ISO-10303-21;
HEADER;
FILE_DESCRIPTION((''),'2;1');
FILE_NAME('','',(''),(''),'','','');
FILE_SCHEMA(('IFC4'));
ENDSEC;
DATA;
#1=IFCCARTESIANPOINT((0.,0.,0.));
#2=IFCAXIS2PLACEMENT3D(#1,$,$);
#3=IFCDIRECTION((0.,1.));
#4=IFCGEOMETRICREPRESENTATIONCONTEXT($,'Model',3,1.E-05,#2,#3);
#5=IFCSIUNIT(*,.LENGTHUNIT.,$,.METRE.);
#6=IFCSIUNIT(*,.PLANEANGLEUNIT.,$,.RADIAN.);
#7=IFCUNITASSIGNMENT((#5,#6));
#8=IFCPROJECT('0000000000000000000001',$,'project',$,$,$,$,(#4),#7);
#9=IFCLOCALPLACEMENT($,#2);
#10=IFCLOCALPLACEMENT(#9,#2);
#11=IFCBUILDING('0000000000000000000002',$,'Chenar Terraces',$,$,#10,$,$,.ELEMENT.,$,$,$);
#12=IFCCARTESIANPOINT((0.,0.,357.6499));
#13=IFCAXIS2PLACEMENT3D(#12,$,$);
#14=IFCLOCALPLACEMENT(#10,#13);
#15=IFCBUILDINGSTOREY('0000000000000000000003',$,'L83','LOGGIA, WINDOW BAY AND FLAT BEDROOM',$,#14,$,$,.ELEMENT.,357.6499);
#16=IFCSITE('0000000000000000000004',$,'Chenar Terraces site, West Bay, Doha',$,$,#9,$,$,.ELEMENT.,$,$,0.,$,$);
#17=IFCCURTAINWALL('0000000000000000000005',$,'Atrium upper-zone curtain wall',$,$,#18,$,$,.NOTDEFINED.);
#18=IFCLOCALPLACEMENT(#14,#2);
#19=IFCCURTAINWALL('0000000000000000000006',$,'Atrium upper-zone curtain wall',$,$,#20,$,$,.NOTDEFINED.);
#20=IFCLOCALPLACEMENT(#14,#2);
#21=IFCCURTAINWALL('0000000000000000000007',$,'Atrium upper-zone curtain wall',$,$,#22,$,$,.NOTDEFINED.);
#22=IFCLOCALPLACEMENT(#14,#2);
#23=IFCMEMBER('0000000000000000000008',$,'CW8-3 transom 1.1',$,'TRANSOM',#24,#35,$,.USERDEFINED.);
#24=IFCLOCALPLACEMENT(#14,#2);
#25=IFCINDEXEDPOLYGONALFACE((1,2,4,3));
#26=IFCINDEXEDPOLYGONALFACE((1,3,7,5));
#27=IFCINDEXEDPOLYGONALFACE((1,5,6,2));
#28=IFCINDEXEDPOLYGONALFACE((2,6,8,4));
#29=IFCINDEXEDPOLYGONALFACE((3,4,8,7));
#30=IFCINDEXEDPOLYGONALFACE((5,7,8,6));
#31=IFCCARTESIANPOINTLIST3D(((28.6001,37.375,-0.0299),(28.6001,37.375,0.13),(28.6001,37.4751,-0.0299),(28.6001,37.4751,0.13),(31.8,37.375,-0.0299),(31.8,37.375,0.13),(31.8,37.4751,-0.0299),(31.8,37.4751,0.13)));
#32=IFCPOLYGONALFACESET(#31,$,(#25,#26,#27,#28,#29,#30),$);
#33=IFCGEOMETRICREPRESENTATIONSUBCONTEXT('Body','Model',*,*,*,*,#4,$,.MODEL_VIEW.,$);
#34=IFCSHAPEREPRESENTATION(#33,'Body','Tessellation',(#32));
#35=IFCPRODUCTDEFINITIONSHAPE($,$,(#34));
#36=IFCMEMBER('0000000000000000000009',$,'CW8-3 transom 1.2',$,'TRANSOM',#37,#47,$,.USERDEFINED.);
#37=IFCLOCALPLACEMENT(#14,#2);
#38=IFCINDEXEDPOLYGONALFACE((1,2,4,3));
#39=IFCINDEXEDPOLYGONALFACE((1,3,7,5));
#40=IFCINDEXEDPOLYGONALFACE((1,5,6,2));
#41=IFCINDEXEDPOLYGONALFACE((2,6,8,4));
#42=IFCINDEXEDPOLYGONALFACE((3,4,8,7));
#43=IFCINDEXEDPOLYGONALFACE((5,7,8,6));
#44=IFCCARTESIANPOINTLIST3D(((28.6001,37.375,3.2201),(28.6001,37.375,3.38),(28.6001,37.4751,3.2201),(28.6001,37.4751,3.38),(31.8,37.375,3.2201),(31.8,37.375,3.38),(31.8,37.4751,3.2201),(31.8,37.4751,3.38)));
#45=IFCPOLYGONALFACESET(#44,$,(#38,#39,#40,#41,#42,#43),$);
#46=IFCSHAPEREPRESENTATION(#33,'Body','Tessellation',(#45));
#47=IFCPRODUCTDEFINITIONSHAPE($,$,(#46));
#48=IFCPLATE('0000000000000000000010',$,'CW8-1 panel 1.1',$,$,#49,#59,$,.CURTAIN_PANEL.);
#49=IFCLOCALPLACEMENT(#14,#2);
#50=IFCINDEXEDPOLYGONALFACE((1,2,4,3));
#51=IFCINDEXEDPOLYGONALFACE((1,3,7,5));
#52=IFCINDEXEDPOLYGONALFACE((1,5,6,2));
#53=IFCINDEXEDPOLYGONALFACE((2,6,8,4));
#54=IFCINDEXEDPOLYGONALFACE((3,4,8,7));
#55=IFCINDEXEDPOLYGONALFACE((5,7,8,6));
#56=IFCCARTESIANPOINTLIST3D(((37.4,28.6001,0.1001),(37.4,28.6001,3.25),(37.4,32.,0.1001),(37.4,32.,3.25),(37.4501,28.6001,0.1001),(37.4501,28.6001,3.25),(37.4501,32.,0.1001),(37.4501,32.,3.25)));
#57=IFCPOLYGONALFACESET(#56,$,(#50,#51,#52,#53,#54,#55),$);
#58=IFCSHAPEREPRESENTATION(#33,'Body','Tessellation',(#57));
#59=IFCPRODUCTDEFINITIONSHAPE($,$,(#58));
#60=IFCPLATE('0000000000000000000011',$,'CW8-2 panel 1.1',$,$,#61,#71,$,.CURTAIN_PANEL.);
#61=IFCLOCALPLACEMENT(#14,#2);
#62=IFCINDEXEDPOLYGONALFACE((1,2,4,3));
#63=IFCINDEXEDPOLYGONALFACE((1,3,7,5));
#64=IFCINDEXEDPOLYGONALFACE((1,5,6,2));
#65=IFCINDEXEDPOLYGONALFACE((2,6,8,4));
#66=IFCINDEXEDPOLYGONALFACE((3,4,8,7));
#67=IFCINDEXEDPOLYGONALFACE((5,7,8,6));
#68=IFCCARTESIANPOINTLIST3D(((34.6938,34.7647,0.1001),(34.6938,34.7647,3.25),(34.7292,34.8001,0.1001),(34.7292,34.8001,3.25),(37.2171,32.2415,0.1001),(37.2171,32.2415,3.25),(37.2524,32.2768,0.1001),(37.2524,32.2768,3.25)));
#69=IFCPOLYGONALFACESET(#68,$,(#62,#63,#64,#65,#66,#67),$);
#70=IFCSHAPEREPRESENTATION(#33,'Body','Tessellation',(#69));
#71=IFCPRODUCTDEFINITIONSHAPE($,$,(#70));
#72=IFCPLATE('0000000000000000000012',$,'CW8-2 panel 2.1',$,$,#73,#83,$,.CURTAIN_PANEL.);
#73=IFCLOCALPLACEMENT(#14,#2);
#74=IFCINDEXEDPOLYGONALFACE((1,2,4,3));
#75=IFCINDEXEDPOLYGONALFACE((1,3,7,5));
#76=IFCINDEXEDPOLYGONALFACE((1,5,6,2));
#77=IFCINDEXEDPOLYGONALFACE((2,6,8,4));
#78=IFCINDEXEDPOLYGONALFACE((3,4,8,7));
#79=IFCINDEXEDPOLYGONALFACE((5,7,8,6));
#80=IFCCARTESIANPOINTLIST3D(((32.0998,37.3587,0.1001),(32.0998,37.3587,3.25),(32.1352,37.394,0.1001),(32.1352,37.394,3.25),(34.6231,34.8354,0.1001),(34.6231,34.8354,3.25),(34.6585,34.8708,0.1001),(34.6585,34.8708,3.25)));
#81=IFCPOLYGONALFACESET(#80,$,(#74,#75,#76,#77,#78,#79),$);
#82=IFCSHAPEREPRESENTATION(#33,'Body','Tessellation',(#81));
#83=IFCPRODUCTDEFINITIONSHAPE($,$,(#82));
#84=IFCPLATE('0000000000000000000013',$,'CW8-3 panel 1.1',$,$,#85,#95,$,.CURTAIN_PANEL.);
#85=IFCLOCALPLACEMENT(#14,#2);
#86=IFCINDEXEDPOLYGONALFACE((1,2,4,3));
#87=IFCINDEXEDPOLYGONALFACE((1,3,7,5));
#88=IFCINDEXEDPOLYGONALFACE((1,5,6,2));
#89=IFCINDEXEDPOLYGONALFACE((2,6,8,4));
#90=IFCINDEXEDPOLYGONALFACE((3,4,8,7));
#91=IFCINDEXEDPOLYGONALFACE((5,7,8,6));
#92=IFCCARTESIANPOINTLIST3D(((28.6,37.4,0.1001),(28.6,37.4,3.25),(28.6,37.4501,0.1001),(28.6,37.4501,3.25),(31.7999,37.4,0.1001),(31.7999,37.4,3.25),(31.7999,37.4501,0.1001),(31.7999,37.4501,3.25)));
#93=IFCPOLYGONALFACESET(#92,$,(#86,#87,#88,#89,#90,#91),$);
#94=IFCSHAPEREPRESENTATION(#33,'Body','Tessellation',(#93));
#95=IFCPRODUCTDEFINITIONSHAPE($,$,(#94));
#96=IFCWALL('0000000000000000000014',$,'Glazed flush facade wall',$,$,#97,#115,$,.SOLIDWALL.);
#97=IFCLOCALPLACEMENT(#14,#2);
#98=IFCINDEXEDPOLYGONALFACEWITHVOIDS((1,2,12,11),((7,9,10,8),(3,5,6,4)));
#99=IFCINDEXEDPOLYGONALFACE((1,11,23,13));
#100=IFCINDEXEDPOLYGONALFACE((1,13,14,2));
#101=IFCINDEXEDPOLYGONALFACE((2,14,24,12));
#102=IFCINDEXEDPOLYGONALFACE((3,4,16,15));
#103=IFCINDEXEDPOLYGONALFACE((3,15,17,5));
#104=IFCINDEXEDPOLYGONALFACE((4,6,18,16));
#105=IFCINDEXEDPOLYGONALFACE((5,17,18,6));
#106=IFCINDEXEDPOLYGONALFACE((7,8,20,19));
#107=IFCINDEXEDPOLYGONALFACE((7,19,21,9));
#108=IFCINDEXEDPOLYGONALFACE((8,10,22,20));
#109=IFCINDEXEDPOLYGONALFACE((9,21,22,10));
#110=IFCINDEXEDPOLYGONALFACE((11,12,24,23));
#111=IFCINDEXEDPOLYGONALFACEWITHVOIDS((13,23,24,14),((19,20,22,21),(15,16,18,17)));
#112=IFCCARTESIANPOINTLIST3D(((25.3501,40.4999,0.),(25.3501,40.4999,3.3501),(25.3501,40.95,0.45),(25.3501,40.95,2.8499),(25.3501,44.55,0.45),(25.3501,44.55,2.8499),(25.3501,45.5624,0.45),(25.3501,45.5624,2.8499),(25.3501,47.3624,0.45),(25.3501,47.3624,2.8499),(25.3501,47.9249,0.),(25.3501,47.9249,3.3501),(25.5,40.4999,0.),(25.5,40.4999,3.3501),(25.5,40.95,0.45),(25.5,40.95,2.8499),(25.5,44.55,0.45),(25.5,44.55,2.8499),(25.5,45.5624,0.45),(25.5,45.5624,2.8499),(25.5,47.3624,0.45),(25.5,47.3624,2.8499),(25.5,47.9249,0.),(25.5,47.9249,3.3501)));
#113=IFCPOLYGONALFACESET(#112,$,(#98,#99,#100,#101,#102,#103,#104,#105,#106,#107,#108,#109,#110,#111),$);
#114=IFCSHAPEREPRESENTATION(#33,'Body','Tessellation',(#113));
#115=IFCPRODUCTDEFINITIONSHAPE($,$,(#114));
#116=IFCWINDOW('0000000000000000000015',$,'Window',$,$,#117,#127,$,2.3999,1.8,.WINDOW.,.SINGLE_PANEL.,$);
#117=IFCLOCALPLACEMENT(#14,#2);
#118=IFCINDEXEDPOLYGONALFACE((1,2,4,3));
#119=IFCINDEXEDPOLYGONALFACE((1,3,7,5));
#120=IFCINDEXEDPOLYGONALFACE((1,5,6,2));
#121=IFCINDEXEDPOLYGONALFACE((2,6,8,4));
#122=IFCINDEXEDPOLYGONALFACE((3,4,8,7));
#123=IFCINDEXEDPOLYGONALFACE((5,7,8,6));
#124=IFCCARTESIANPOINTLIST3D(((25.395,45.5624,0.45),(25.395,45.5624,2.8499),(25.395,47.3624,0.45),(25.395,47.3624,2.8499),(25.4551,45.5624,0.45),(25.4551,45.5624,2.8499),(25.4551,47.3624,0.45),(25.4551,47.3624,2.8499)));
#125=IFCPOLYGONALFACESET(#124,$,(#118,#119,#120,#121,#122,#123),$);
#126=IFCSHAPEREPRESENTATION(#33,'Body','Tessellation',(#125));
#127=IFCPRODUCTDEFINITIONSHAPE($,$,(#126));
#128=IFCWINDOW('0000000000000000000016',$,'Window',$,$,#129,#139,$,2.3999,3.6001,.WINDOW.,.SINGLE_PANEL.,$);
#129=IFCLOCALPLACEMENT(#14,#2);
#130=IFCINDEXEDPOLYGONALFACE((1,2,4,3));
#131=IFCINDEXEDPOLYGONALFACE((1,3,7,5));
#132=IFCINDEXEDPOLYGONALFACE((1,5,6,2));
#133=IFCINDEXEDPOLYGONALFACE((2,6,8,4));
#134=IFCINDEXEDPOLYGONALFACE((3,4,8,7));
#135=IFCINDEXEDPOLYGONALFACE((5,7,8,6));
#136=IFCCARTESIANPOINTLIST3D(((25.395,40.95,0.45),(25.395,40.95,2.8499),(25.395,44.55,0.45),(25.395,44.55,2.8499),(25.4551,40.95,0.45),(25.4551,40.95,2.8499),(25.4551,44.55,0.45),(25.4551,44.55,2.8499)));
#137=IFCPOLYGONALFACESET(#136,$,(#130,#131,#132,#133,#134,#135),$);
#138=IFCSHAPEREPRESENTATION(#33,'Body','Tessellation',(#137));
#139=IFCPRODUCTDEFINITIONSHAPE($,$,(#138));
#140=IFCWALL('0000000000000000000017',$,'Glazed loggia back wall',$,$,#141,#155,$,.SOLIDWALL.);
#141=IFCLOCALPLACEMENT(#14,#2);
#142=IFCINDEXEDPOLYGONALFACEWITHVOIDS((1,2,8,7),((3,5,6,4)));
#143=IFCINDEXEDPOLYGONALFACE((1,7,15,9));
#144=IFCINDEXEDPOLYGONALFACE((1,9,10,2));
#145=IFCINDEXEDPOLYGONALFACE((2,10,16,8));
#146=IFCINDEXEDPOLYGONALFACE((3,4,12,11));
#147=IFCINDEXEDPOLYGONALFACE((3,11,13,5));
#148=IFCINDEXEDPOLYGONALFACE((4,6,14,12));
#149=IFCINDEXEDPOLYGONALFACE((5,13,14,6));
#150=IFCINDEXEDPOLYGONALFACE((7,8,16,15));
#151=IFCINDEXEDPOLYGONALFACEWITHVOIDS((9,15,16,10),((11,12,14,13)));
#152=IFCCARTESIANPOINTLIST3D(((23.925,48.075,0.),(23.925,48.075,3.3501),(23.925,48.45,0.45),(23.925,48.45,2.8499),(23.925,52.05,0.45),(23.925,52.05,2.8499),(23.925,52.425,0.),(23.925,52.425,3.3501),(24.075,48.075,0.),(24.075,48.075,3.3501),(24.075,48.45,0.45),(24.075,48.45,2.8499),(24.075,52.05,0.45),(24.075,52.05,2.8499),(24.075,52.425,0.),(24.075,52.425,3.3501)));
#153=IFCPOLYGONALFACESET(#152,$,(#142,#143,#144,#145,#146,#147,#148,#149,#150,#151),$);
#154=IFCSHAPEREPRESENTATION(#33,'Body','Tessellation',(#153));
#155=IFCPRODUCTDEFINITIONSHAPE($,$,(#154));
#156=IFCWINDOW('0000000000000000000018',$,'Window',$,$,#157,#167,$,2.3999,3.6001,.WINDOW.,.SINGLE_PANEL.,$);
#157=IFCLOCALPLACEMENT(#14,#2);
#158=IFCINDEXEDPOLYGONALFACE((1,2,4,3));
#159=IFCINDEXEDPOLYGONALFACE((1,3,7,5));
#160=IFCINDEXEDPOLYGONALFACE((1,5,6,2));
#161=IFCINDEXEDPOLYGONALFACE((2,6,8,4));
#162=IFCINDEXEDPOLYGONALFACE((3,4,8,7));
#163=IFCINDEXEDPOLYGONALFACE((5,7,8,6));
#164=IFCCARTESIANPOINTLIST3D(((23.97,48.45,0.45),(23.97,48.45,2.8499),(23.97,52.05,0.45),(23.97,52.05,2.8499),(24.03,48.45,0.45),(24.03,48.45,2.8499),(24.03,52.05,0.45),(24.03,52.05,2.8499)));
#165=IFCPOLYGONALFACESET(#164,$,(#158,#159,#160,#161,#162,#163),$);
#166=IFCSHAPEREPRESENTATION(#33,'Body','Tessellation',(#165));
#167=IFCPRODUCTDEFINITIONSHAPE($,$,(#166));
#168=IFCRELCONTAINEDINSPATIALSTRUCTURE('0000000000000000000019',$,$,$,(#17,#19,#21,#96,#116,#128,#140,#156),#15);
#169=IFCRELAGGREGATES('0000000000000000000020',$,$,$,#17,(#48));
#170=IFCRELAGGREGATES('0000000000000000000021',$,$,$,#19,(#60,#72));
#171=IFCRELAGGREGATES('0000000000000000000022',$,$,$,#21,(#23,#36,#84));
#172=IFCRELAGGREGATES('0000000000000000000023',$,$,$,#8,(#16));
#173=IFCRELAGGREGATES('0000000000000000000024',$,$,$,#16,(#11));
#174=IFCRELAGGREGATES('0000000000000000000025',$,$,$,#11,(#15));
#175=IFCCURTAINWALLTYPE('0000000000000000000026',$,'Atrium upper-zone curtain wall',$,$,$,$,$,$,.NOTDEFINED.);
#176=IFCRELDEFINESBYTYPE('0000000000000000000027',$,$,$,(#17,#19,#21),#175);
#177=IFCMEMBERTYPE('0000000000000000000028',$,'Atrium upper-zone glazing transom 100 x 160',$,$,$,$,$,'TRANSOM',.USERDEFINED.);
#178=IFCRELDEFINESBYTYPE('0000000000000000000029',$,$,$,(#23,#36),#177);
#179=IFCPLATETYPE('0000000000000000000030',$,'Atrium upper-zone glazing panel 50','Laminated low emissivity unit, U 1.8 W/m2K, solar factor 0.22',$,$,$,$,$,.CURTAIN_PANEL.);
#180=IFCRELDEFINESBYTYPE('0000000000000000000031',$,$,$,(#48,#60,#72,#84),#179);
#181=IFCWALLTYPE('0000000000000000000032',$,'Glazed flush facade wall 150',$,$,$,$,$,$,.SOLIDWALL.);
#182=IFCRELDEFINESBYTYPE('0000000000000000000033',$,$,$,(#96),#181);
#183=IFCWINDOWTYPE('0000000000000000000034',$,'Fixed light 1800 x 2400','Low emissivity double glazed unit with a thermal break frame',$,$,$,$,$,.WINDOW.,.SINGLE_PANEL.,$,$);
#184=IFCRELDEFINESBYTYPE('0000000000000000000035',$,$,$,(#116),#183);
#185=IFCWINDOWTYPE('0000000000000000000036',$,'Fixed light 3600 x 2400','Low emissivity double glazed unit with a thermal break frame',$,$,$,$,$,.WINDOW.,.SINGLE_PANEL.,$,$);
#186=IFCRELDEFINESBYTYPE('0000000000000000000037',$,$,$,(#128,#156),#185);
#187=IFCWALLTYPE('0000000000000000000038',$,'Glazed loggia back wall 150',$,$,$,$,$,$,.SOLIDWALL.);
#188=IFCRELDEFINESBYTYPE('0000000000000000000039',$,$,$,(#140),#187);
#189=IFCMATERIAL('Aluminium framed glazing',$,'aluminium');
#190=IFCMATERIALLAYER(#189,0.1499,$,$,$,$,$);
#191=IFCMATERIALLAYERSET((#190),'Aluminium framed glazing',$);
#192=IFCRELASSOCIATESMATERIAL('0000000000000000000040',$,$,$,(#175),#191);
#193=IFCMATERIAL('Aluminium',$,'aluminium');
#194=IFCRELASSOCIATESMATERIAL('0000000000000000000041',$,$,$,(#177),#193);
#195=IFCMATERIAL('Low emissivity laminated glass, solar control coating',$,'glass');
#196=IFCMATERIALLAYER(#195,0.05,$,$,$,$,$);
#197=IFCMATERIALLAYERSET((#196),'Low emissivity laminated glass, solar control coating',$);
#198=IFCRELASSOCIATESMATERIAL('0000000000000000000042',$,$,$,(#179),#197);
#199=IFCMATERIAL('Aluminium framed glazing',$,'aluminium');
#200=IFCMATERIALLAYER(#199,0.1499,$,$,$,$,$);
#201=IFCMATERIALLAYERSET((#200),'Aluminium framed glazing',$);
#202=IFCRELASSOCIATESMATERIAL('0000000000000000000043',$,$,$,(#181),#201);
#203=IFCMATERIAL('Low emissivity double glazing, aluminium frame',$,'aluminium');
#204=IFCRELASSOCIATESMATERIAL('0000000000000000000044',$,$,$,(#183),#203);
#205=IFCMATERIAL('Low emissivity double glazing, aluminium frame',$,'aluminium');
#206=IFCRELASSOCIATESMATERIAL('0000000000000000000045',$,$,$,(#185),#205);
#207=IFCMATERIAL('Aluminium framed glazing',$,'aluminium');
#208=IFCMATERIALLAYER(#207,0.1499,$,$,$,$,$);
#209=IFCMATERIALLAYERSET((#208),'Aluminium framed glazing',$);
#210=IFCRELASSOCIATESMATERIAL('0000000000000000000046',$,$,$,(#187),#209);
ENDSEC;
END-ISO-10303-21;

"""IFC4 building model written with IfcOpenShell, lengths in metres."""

from ifc_helpers import new_model, si_unit, direction, frame, frame_2d, origin, origin_2d, place, context, subcontext, project, spatial, rectangle, extrude, material, layer, layer_set, material_profile, profile_set, type_object, element, fill, aggregate, save


model = new_model("IFC4")

# Units and contexts
model_context = context("Model", 3, precision=1e-05, world=origin(), true_north=direction((0.0, 1.0)))
body_context = subcontext(model_context, "Body", "Model", "MODEL_VIEW")
ifc_project = project(units=[si_unit("LENGTHUNIT", "METRE"), si_unit("PLANEANGLEUNIT", "RADIAN")], contexts=[model_context])

# Site, building, storey
site_placement = place(None, origin())
site = spatial("IfcSite", under=ifc_project, at=site_placement, Name="Chenar Terraces site, West Bay, Doha", CompositionType="ELEMENT", RefElevation=0.0)
building_placement = place(site_placement, origin())
building = spatial("IfcBuilding", under=site, at=building_placement, Name="Chenar Terraces", CompositionType="ELEMENT")
storey_placement = place(building_placement, frame((0.0, 0.0, 357.6499)))
storey = spatial("IfcBuildingStorey", under=building, at=storey_placement, Name="L83", Description="LOGGIA, WINDOW BAY AND FLAT BEDROOM", CompositionType="ELEMENT", Elevation=357.6499)

# Curtain wall
ifc_material_1 = material(Name="Aluminium framed glazing", Category="aluminium")
ifc_layer_1 = layer(ifc_material_1, 0.1499)
ifc_layer_set_1 = layer_set([ifc_layer_1], Name="Aluminium framed glazing")
curtain_wall_type = type_object("IfcCurtainWallType", Name="Atrium upper-zone curtain wall", PredefinedType="NOTDEFINED", material=ifc_layer_set_1)
placement = place(storey_placement, origin())
curtain_wall_1 = element("IfcCurtainWall", 1, at=placement, inside=storey, type_object=curtain_wall_type, Name="Atrium upper-zone curtain wall", PredefinedType="NOTDEFINED")

# Curtain walls
curtain_wall_2 = element("IfcCurtainWall", 2, at=placement, inside=storey, type_object=curtain_wall_type, Name="Atrium upper-zone curtain wall", PredefinedType="NOTDEFINED")
curtain_wall_3 = element("IfcCurtainWall", 3, at=placement, inside=storey, type_object=curtain_wall_type, Name="Atrium upper-zone curtain wall", PredefinedType="NOTDEFINED")

# Members
ifc_material_2 = material(Name="Aluminium", Category="aluminium")
ifc_material_profile_1 = material_profile(ifc_material_2, rectangle(XDim=0.1001, YDim=0.1599, at=origin_2d()), Name="Atrium upper-zone glazing transom 100 x 160")
ifc_profile_set_1 = profile_set([ifc_material_profile_1], Name="Aluminium")
member_type_1 = type_object("IfcMemberType", Name="Atrium upper-zone glazing transom 100 x 160", ElementType="TRANSOM", PredefinedType="USERDEFINED", material=ifc_profile_set_1)
member_1_placement = place(storey_placement, frame((31.8, 37.425, 0.05), z_axis=(-1.0, 0.0, 0.0), x_axis=(0.0, -1.0, 0.0)))
member_1 = element("IfcMember", 4, at=member_1_placement, type_object=member_type_1, Name="CW8-3 transom 1.1", ObjectType="TRANSOM", PredefinedType="USERDEFINED", context=body_context, shape_type="SweptSolid", body=[
    extrude(rectangle(XDim=0.1001, YDim=0.1599, at=origin_2d()), origin(), (0.0, 0.0, 1.0), 3.2),
])
member_2_placement = place(storey_placement, frame((31.8, 37.425, 3.3), z_axis=(-1.0, 0.0, 0.0), x_axis=(0.0, -1.0, 0.0)))
member_2 = element("IfcMember", 5, at=member_2_placement, type_object=member_type_1, Name="CW8-3 transom 1.2", ObjectType="TRANSOM", PredefinedType="USERDEFINED", context=body_context, shape_type="SweptSolid", body=[
    extrude(rectangle(XDim=0.1001, YDim=0.1599, at=origin_2d()), origin(), (0.0, 0.0, 1.0), 3.2),
])

# Plates
ifc_material_3 = material(Name="Low emissivity laminated glass, solar control coating", Category="glass")
ifc_layer_2 = layer(ifc_material_3, 0.05)
ifc_layer_set_2 = layer_set([ifc_layer_2], Name="Low emissivity laminated glass, solar control coating")
plate_type = type_object("IfcPlateType", Name="Atrium upper-zone glazing panel 50", Description="Laminated low emissivity unit, U 1.8 W/m2K, solar factor 0.22", PredefinedType="CURTAIN_PANEL", material=ifc_layer_set_2)
plate_1_placement = place(storey_placement, frame((37.425, 30.3, 0.1001), z_axis=(0.0, 0.0, 1.0), x_axis=(0.0, 1.0, 0.0)))
plate_1 = element("IfcPlate", 6, at=plate_1_placement, type_object=plate_type, Name="CW8-1 panel 1.1", PredefinedType="CURTAIN_PANEL", context=body_context, shape_type="SweptSolid", body=[
    extrude(rectangle(XDim=3.3999, YDim=0.05, at=origin_2d()), origin(), (0.0, 0.0, 1.0), 3.1499),
])
aggregate(curtain_wall_1, [plate_1])
plate_2_placement = place(storey_placement, frame((35.9731, 33.5208, 0.1001), z_axis=(0.0, 0.0, 1.0), x_axis=(-0.707107, 0.707107, 0.0)))
plate_2 = element("IfcPlate", 7, at=plate_2_placement, type_object=plate_type, Name="CW8-2 panel 1.1", PredefinedType="CURTAIN_PANEL", context=body_context, shape_type="SweptSolid", body=[
    extrude(rectangle(XDim=3.5684, YDim=0.05, at=origin_2d()), origin(), (0.0, 0.0, 1.0), 3.1499),
])
plate_3_placement = place(storey_placement, frame((33.3792, 36.1147, 0.1001), z_axis=(0.0, 0.0, 1.0), x_axis=(-0.707107, 0.707107, 0.0)))
plate_3 = element("IfcPlate", 8, at=plate_3_placement, type_object=plate_type, Name="CW8-2 panel 2.1", PredefinedType="CURTAIN_PANEL", context=body_context, shape_type="SweptSolid", body=[
    extrude(rectangle(XDim=3.5684, YDim=0.05, at=origin_2d()), origin(), (0.0, 0.0, 1.0), 3.1499),
])
aggregate(curtain_wall_2, [plate_2, plate_3])
plate_4_placement = place(storey_placement, frame((30.2, 37.425, 0.1001), z_axis=(0.0, 0.0, 1.0), x_axis=(-1.0, 0.0, 0.0)))
plate_4 = element("IfcPlate", 9, at=plate_4_placement, type_object=plate_type, Name="CW8-3 panel 1.1", PredefinedType="CURTAIN_PANEL", context=body_context, shape_type="SweptSolid", body=[
    extrude(rectangle(XDim=3.2, YDim=0.05, at=origin_2d()), origin(), (0.0, 0.0, 1.0), 3.1499),
])
aggregate(curtain_wall_3, [member_1, member_2, plate_4])

# Wall, openings, windows
ifc_material_4 = material(Name="Aluminium framed glazing", Category="aluminium")
ifc_layer_3 = layer(ifc_material_4, 0.1499)
ifc_layer_set_3 = layer_set([ifc_layer_3], Name="Aluminium framed glazing")
wall_type_1 = type_object("IfcWallType", Name="Glazed flush facade wall 150", PredefinedType="SOLIDWALL", material=ifc_layer_set_3)
wall_1_placement = place(storey_placement, frame((25.425, 40.5, 0.0), z_axis=(0.0, 0.0, 1.0), x_axis=(0.0, 1.0, 0.0)))
wall_1 = element("IfcWall", 10, at=wall_1_placement, inside=storey, type_object=wall_type_1, Name="Glazed flush facade wall", PredefinedType="SOLIDWALL", context=body_context, shape_type="SweptSolid", body=[
    extrude(rectangle(XDim=7.425, YDim=0.1499, at=frame_2d((3.7124, 0.0))), origin(), (0.0, 0.0, 1.0), 3.3501),
])
opening_1_placement = place(wall_1_placement, frame((0.45, 0.0, 0.45)))
opening_1 = element("IfcOpeningElement", 11, at=opening_1_placement, cuts=wall_1, PredefinedType="OPENING", context=body_context, shape_type="SweptSolid", body=[
    extrude(rectangle(XDim=3.6001, YDim=2.3999, at=frame_2d((1.8, 1.2))), frame((0.0, 0.085, 0.0), z_axis=(0.0, -1.0, 0.0), x_axis=(1.0, 0.0, 0.0)), (0.0, 0.0, 1.0), 0.1699),
])
opening_2_placement = place(wall_1_placement, frame((5.0625, 0.0, 0.45)))
opening_2 = element("IfcOpeningElement", 12, at=opening_2_placement, cuts=wall_1, PredefinedType="OPENING", context=body_context, shape_type="SweptSolid", body=[
    extrude(rectangle(XDim=1.8, YDim=2.3999, at=frame_2d((0.8999, 1.2))), frame((0.0, 0.085, 0.0), z_axis=(0.0, -1.0, 0.0), x_axis=(1.0, 0.0, 0.0)), (0.0, 0.0, 1.0), 0.1699),
])
ifc_material_5 = material(Name="Low emissivity double glazing, aluminium frame", Category="aluminium")
window_type_1 = type_object("IfcWindowType", Name="Fixed light 1800 x 2400", Description="Low emissivity double glazed unit with a thermal break frame", PartitioningType="SINGLE_PANEL", PredefinedType="WINDOW", material=ifc_material_5)
window_1_placement = place(opening_2_placement, origin())
window_1 = element("IfcWindow", 13, at=window_1_placement, inside=storey, type_object=window_type_1, Name="Window", OverallHeight=2.3999, OverallWidth=1.8, PartitioningType="SINGLE_PANEL", PredefinedType="WINDOW", context=body_context, shape_type="SweptSolid", body=[
    extrude(rectangle(XDim=1.8, YDim=2.3999, at=frame_2d((0.8999, 1.2))), frame((0.0, 0.03, 0.0), z_axis=(0.0, -1.0, 0.0), x_axis=(1.0, 0.0, 0.0)), (0.0, 0.0, 1.0), 0.0601),
])
fill(opening_2, window_1)
ifc_material_6 = material(Name="Low emissivity double glazing, aluminium frame", Category="aluminium")
window_type_2 = type_object("IfcWindowType", Name="Fixed light 3600 x 2400", Description="Low emissivity double glazed unit with a thermal break frame", PartitioningType="SINGLE_PANEL", PredefinedType="WINDOW", material=ifc_material_6)
window_2_placement = place(opening_1_placement, origin())
window_2 = element("IfcWindow", 14, at=window_2_placement, inside=storey, type_object=window_type_2, Name="Window", OverallHeight=2.3999, OverallWidth=3.6001, PartitioningType="SINGLE_PANEL", PredefinedType="WINDOW", context=body_context, shape_type="SweptSolid", body=[
    extrude(rectangle(XDim=3.6001, YDim=2.3999, at=frame_2d((1.8, 1.2))), frame((0.0, 0.03, 0.0), z_axis=(0.0, -1.0, 0.0), x_axis=(1.0, 0.0, 0.0)), (0.0, 0.0, 1.0), 0.0601),
])
fill(opening_1, window_2)

# Wall, opening, window
ifc_material_7 = material(Name="Aluminium framed glazing", Category="aluminium")
ifc_layer_4 = layer(ifc_material_7, 0.1499)
ifc_layer_set_4 = layer_set([ifc_layer_4], Name="Aluminium framed glazing")
wall_type_2 = type_object("IfcWallType", Name="Glazed loggia back wall 150", PredefinedType="SOLIDWALL", material=ifc_layer_set_4)
wall_2_placement = place(storey_placement, frame((24.0, 48.075, 0.0), z_axis=(0.0, 0.0, 1.0), x_axis=(0.0, 1.0, 0.0)))
wall_2 = element("IfcWall", 15, at=wall_2_placement, inside=storey, type_object=wall_type_2, Name="Glazed loggia back wall", PredefinedType="SOLIDWALL", context=body_context, shape_type="SweptSolid", body=[
    extrude(rectangle(XDim=4.3501, YDim=0.1499, at=frame_2d((2.175, 0.0))), origin(), (0.0, 0.0, 1.0), 3.3501),
])
opening_3_placement = place(wall_2_placement, frame((0.375, 0.0, 0.45)))
opening_3 = element("IfcOpeningElement", 16, at=opening_3_placement, cuts=wall_2, PredefinedType="OPENING", context=body_context, shape_type="SweptSolid", body=[
    extrude(rectangle(XDim=3.6001, YDim=2.3999, at=frame_2d((1.8, 1.2))), frame((0.0, 0.085, 0.0), z_axis=(0.0, -1.0, 0.0), x_axis=(1.0, 0.0, 0.0)), (0.0, 0.0, 1.0), 0.1699),
])
window_3_placement = place(opening_3_placement, origin())
window_3 = element("IfcWindow", 17, at=window_3_placement, inside=storey, type_object=window_type_2, Name="Window", OverallHeight=2.3999, OverallWidth=3.6001, PartitioningType="SINGLE_PANEL", PredefinedType="WINDOW", context=body_context, shape_type="SweptSolid", body=[
    extrude(rectangle(XDim=3.6001, YDim=2.3999, at=frame_2d((1.8, 1.2))), frame((0.0, 0.03, 0.0), z_axis=(0.0, -1.0, 0.0), x_axis=(1.0, 0.0, 0.0)), (0.0, 0.0, 1.0), 0.0601),
])
fill(opening_3, window_3)

save(model, "model.ifc")
